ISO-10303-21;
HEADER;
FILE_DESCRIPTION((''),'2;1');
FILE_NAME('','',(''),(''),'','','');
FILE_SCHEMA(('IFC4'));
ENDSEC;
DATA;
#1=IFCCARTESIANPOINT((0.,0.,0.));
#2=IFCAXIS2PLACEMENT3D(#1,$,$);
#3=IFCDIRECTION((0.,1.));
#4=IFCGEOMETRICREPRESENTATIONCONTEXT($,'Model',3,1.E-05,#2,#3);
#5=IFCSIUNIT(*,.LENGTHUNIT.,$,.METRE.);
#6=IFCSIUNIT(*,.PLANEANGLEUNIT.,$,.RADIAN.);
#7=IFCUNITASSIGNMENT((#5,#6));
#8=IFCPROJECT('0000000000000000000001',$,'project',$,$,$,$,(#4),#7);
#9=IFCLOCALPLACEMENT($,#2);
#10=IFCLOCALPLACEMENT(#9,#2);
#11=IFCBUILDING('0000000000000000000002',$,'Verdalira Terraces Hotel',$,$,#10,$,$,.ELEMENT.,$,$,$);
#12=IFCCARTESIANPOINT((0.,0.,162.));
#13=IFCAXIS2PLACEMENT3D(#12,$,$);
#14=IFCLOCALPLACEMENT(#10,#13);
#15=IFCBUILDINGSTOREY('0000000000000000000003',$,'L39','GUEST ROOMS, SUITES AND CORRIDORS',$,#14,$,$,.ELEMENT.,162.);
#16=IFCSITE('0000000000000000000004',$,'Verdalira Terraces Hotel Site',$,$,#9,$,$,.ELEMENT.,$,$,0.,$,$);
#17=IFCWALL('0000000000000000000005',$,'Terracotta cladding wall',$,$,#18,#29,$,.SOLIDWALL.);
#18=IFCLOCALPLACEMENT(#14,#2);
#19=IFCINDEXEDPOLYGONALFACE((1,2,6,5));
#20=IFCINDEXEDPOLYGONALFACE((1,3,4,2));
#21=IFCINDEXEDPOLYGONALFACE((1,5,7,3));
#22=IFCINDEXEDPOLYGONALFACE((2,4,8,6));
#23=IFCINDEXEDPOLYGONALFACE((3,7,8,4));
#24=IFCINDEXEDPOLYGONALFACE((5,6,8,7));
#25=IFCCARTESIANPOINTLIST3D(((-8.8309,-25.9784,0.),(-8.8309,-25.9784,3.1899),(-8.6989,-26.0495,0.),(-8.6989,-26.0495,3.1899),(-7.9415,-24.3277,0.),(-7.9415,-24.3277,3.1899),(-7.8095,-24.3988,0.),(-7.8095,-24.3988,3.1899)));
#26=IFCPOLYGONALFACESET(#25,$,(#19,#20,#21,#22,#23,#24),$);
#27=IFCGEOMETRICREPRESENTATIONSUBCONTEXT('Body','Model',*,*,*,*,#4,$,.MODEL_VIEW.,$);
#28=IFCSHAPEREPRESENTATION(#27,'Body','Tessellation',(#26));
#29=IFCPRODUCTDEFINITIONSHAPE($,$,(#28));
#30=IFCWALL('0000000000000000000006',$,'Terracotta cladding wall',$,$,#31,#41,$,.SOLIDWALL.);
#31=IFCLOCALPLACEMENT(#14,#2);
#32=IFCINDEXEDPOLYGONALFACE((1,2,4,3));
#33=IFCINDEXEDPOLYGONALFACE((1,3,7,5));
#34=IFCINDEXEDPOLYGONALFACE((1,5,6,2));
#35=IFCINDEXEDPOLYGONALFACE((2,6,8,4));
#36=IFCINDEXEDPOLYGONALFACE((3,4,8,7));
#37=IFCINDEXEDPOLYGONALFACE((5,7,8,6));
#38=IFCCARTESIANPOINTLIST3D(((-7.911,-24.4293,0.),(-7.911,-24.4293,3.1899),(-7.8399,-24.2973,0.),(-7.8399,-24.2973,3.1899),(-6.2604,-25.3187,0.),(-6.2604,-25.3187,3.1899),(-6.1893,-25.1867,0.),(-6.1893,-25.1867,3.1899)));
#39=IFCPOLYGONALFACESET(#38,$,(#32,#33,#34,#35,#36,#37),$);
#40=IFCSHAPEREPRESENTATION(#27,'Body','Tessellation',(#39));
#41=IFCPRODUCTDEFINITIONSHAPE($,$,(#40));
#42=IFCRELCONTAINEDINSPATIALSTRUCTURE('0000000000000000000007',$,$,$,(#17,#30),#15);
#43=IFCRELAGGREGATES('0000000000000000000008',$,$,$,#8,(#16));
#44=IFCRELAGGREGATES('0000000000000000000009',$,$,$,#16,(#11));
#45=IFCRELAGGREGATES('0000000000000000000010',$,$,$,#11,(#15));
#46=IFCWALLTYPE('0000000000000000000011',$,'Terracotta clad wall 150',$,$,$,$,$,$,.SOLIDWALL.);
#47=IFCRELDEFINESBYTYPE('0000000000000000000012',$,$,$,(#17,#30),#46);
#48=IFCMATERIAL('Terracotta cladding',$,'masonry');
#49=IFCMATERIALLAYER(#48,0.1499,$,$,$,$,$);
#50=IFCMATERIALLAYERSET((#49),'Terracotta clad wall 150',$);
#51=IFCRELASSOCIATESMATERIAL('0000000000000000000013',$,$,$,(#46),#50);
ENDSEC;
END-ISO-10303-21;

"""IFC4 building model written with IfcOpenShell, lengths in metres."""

from ifc_helpers import new_model, si_unit, direction, frame, frame_2d, origin, place, context, subcontext, project, spatial, rectangle, extrude, material, layer, layer_set, type_object, element, save


model = new_model("IFC4")

# Units and contexts
model_context = context("Model", 3, precision=1e-05, world=origin(), true_north=direction((0.0, 1.0)))
body_context = subcontext(model_context, "Body", "Model", "MODEL_VIEW")
ifc_project = project(units=[si_unit("LENGTHUNIT", "METRE"), si_unit("PLANEANGLEUNIT", "RADIAN")], contexts=[model_context])

# Site, building, storey
site_placement = place(None, origin())
site = spatial("IfcSite", under=ifc_project, at=site_placement, Name="Verdalira Terraces Hotel Site", CompositionType="ELEMENT", RefElevation=0.0)
building_placement = place(site_placement, origin())
building = spatial("IfcBuilding", under=site, at=building_placement, Name="Verdalira Terraces Hotel", CompositionType="ELEMENT")
storey_placement = place(building_placement, frame((0.0, 0.0, 162.0)))
storey = spatial("IfcBuildingStorey", under=building, at=storey_placement, Name="L39", Description="GUEST ROOMS, SUITES AND CORRIDORS", CompositionType="ELEMENT", Elevation=162.0)

# Walls
ifc_material_1 = material(Name="Terracotta cladding", Category="masonry")
ifc_layer_1 = layer(ifc_material_1, 0.1499)
ifc_layer_set_1 = layer_set([ifc_layer_1], Name="Terracotta clad wall 150")
wall_type_1 = type_object("IfcWallType", Name="Terracotta clad wall 150", PredefinedType="SOLIDWALL", material=ifc_layer_set_1)
for number, where, z_axis, x_axis, name in (
    (1, (-8.7649, -26.0139, 0.0), (0.0, 0.0, 1.0), (0.474348, 0.880337, 0.0), "Terracotta cladding wall"),
    (2, (-7.8755, -24.3633, 0.0), (0.0, 0.0, 1.0), (0.880337, -0.474348, 0.0), "Terracotta cladding wall"),
):
    element("IfcWall", number, at=place(storey_placement, frame(where, z_axis=z_axis, x_axis=x_axis)), inside=storey, type_object=wall_type_1, Name=name, PredefinedType="SOLIDWALL", context=body_context, shape_type="SweptSolid", body=[
        extrude(rectangle(XDim=1.875, YDim=0.1499, at=frame_2d((0.9375, 0.0))), origin(), (0.0, 0.0, 1.0), 3.1899),
    ])

save(model, "model.ifc")
